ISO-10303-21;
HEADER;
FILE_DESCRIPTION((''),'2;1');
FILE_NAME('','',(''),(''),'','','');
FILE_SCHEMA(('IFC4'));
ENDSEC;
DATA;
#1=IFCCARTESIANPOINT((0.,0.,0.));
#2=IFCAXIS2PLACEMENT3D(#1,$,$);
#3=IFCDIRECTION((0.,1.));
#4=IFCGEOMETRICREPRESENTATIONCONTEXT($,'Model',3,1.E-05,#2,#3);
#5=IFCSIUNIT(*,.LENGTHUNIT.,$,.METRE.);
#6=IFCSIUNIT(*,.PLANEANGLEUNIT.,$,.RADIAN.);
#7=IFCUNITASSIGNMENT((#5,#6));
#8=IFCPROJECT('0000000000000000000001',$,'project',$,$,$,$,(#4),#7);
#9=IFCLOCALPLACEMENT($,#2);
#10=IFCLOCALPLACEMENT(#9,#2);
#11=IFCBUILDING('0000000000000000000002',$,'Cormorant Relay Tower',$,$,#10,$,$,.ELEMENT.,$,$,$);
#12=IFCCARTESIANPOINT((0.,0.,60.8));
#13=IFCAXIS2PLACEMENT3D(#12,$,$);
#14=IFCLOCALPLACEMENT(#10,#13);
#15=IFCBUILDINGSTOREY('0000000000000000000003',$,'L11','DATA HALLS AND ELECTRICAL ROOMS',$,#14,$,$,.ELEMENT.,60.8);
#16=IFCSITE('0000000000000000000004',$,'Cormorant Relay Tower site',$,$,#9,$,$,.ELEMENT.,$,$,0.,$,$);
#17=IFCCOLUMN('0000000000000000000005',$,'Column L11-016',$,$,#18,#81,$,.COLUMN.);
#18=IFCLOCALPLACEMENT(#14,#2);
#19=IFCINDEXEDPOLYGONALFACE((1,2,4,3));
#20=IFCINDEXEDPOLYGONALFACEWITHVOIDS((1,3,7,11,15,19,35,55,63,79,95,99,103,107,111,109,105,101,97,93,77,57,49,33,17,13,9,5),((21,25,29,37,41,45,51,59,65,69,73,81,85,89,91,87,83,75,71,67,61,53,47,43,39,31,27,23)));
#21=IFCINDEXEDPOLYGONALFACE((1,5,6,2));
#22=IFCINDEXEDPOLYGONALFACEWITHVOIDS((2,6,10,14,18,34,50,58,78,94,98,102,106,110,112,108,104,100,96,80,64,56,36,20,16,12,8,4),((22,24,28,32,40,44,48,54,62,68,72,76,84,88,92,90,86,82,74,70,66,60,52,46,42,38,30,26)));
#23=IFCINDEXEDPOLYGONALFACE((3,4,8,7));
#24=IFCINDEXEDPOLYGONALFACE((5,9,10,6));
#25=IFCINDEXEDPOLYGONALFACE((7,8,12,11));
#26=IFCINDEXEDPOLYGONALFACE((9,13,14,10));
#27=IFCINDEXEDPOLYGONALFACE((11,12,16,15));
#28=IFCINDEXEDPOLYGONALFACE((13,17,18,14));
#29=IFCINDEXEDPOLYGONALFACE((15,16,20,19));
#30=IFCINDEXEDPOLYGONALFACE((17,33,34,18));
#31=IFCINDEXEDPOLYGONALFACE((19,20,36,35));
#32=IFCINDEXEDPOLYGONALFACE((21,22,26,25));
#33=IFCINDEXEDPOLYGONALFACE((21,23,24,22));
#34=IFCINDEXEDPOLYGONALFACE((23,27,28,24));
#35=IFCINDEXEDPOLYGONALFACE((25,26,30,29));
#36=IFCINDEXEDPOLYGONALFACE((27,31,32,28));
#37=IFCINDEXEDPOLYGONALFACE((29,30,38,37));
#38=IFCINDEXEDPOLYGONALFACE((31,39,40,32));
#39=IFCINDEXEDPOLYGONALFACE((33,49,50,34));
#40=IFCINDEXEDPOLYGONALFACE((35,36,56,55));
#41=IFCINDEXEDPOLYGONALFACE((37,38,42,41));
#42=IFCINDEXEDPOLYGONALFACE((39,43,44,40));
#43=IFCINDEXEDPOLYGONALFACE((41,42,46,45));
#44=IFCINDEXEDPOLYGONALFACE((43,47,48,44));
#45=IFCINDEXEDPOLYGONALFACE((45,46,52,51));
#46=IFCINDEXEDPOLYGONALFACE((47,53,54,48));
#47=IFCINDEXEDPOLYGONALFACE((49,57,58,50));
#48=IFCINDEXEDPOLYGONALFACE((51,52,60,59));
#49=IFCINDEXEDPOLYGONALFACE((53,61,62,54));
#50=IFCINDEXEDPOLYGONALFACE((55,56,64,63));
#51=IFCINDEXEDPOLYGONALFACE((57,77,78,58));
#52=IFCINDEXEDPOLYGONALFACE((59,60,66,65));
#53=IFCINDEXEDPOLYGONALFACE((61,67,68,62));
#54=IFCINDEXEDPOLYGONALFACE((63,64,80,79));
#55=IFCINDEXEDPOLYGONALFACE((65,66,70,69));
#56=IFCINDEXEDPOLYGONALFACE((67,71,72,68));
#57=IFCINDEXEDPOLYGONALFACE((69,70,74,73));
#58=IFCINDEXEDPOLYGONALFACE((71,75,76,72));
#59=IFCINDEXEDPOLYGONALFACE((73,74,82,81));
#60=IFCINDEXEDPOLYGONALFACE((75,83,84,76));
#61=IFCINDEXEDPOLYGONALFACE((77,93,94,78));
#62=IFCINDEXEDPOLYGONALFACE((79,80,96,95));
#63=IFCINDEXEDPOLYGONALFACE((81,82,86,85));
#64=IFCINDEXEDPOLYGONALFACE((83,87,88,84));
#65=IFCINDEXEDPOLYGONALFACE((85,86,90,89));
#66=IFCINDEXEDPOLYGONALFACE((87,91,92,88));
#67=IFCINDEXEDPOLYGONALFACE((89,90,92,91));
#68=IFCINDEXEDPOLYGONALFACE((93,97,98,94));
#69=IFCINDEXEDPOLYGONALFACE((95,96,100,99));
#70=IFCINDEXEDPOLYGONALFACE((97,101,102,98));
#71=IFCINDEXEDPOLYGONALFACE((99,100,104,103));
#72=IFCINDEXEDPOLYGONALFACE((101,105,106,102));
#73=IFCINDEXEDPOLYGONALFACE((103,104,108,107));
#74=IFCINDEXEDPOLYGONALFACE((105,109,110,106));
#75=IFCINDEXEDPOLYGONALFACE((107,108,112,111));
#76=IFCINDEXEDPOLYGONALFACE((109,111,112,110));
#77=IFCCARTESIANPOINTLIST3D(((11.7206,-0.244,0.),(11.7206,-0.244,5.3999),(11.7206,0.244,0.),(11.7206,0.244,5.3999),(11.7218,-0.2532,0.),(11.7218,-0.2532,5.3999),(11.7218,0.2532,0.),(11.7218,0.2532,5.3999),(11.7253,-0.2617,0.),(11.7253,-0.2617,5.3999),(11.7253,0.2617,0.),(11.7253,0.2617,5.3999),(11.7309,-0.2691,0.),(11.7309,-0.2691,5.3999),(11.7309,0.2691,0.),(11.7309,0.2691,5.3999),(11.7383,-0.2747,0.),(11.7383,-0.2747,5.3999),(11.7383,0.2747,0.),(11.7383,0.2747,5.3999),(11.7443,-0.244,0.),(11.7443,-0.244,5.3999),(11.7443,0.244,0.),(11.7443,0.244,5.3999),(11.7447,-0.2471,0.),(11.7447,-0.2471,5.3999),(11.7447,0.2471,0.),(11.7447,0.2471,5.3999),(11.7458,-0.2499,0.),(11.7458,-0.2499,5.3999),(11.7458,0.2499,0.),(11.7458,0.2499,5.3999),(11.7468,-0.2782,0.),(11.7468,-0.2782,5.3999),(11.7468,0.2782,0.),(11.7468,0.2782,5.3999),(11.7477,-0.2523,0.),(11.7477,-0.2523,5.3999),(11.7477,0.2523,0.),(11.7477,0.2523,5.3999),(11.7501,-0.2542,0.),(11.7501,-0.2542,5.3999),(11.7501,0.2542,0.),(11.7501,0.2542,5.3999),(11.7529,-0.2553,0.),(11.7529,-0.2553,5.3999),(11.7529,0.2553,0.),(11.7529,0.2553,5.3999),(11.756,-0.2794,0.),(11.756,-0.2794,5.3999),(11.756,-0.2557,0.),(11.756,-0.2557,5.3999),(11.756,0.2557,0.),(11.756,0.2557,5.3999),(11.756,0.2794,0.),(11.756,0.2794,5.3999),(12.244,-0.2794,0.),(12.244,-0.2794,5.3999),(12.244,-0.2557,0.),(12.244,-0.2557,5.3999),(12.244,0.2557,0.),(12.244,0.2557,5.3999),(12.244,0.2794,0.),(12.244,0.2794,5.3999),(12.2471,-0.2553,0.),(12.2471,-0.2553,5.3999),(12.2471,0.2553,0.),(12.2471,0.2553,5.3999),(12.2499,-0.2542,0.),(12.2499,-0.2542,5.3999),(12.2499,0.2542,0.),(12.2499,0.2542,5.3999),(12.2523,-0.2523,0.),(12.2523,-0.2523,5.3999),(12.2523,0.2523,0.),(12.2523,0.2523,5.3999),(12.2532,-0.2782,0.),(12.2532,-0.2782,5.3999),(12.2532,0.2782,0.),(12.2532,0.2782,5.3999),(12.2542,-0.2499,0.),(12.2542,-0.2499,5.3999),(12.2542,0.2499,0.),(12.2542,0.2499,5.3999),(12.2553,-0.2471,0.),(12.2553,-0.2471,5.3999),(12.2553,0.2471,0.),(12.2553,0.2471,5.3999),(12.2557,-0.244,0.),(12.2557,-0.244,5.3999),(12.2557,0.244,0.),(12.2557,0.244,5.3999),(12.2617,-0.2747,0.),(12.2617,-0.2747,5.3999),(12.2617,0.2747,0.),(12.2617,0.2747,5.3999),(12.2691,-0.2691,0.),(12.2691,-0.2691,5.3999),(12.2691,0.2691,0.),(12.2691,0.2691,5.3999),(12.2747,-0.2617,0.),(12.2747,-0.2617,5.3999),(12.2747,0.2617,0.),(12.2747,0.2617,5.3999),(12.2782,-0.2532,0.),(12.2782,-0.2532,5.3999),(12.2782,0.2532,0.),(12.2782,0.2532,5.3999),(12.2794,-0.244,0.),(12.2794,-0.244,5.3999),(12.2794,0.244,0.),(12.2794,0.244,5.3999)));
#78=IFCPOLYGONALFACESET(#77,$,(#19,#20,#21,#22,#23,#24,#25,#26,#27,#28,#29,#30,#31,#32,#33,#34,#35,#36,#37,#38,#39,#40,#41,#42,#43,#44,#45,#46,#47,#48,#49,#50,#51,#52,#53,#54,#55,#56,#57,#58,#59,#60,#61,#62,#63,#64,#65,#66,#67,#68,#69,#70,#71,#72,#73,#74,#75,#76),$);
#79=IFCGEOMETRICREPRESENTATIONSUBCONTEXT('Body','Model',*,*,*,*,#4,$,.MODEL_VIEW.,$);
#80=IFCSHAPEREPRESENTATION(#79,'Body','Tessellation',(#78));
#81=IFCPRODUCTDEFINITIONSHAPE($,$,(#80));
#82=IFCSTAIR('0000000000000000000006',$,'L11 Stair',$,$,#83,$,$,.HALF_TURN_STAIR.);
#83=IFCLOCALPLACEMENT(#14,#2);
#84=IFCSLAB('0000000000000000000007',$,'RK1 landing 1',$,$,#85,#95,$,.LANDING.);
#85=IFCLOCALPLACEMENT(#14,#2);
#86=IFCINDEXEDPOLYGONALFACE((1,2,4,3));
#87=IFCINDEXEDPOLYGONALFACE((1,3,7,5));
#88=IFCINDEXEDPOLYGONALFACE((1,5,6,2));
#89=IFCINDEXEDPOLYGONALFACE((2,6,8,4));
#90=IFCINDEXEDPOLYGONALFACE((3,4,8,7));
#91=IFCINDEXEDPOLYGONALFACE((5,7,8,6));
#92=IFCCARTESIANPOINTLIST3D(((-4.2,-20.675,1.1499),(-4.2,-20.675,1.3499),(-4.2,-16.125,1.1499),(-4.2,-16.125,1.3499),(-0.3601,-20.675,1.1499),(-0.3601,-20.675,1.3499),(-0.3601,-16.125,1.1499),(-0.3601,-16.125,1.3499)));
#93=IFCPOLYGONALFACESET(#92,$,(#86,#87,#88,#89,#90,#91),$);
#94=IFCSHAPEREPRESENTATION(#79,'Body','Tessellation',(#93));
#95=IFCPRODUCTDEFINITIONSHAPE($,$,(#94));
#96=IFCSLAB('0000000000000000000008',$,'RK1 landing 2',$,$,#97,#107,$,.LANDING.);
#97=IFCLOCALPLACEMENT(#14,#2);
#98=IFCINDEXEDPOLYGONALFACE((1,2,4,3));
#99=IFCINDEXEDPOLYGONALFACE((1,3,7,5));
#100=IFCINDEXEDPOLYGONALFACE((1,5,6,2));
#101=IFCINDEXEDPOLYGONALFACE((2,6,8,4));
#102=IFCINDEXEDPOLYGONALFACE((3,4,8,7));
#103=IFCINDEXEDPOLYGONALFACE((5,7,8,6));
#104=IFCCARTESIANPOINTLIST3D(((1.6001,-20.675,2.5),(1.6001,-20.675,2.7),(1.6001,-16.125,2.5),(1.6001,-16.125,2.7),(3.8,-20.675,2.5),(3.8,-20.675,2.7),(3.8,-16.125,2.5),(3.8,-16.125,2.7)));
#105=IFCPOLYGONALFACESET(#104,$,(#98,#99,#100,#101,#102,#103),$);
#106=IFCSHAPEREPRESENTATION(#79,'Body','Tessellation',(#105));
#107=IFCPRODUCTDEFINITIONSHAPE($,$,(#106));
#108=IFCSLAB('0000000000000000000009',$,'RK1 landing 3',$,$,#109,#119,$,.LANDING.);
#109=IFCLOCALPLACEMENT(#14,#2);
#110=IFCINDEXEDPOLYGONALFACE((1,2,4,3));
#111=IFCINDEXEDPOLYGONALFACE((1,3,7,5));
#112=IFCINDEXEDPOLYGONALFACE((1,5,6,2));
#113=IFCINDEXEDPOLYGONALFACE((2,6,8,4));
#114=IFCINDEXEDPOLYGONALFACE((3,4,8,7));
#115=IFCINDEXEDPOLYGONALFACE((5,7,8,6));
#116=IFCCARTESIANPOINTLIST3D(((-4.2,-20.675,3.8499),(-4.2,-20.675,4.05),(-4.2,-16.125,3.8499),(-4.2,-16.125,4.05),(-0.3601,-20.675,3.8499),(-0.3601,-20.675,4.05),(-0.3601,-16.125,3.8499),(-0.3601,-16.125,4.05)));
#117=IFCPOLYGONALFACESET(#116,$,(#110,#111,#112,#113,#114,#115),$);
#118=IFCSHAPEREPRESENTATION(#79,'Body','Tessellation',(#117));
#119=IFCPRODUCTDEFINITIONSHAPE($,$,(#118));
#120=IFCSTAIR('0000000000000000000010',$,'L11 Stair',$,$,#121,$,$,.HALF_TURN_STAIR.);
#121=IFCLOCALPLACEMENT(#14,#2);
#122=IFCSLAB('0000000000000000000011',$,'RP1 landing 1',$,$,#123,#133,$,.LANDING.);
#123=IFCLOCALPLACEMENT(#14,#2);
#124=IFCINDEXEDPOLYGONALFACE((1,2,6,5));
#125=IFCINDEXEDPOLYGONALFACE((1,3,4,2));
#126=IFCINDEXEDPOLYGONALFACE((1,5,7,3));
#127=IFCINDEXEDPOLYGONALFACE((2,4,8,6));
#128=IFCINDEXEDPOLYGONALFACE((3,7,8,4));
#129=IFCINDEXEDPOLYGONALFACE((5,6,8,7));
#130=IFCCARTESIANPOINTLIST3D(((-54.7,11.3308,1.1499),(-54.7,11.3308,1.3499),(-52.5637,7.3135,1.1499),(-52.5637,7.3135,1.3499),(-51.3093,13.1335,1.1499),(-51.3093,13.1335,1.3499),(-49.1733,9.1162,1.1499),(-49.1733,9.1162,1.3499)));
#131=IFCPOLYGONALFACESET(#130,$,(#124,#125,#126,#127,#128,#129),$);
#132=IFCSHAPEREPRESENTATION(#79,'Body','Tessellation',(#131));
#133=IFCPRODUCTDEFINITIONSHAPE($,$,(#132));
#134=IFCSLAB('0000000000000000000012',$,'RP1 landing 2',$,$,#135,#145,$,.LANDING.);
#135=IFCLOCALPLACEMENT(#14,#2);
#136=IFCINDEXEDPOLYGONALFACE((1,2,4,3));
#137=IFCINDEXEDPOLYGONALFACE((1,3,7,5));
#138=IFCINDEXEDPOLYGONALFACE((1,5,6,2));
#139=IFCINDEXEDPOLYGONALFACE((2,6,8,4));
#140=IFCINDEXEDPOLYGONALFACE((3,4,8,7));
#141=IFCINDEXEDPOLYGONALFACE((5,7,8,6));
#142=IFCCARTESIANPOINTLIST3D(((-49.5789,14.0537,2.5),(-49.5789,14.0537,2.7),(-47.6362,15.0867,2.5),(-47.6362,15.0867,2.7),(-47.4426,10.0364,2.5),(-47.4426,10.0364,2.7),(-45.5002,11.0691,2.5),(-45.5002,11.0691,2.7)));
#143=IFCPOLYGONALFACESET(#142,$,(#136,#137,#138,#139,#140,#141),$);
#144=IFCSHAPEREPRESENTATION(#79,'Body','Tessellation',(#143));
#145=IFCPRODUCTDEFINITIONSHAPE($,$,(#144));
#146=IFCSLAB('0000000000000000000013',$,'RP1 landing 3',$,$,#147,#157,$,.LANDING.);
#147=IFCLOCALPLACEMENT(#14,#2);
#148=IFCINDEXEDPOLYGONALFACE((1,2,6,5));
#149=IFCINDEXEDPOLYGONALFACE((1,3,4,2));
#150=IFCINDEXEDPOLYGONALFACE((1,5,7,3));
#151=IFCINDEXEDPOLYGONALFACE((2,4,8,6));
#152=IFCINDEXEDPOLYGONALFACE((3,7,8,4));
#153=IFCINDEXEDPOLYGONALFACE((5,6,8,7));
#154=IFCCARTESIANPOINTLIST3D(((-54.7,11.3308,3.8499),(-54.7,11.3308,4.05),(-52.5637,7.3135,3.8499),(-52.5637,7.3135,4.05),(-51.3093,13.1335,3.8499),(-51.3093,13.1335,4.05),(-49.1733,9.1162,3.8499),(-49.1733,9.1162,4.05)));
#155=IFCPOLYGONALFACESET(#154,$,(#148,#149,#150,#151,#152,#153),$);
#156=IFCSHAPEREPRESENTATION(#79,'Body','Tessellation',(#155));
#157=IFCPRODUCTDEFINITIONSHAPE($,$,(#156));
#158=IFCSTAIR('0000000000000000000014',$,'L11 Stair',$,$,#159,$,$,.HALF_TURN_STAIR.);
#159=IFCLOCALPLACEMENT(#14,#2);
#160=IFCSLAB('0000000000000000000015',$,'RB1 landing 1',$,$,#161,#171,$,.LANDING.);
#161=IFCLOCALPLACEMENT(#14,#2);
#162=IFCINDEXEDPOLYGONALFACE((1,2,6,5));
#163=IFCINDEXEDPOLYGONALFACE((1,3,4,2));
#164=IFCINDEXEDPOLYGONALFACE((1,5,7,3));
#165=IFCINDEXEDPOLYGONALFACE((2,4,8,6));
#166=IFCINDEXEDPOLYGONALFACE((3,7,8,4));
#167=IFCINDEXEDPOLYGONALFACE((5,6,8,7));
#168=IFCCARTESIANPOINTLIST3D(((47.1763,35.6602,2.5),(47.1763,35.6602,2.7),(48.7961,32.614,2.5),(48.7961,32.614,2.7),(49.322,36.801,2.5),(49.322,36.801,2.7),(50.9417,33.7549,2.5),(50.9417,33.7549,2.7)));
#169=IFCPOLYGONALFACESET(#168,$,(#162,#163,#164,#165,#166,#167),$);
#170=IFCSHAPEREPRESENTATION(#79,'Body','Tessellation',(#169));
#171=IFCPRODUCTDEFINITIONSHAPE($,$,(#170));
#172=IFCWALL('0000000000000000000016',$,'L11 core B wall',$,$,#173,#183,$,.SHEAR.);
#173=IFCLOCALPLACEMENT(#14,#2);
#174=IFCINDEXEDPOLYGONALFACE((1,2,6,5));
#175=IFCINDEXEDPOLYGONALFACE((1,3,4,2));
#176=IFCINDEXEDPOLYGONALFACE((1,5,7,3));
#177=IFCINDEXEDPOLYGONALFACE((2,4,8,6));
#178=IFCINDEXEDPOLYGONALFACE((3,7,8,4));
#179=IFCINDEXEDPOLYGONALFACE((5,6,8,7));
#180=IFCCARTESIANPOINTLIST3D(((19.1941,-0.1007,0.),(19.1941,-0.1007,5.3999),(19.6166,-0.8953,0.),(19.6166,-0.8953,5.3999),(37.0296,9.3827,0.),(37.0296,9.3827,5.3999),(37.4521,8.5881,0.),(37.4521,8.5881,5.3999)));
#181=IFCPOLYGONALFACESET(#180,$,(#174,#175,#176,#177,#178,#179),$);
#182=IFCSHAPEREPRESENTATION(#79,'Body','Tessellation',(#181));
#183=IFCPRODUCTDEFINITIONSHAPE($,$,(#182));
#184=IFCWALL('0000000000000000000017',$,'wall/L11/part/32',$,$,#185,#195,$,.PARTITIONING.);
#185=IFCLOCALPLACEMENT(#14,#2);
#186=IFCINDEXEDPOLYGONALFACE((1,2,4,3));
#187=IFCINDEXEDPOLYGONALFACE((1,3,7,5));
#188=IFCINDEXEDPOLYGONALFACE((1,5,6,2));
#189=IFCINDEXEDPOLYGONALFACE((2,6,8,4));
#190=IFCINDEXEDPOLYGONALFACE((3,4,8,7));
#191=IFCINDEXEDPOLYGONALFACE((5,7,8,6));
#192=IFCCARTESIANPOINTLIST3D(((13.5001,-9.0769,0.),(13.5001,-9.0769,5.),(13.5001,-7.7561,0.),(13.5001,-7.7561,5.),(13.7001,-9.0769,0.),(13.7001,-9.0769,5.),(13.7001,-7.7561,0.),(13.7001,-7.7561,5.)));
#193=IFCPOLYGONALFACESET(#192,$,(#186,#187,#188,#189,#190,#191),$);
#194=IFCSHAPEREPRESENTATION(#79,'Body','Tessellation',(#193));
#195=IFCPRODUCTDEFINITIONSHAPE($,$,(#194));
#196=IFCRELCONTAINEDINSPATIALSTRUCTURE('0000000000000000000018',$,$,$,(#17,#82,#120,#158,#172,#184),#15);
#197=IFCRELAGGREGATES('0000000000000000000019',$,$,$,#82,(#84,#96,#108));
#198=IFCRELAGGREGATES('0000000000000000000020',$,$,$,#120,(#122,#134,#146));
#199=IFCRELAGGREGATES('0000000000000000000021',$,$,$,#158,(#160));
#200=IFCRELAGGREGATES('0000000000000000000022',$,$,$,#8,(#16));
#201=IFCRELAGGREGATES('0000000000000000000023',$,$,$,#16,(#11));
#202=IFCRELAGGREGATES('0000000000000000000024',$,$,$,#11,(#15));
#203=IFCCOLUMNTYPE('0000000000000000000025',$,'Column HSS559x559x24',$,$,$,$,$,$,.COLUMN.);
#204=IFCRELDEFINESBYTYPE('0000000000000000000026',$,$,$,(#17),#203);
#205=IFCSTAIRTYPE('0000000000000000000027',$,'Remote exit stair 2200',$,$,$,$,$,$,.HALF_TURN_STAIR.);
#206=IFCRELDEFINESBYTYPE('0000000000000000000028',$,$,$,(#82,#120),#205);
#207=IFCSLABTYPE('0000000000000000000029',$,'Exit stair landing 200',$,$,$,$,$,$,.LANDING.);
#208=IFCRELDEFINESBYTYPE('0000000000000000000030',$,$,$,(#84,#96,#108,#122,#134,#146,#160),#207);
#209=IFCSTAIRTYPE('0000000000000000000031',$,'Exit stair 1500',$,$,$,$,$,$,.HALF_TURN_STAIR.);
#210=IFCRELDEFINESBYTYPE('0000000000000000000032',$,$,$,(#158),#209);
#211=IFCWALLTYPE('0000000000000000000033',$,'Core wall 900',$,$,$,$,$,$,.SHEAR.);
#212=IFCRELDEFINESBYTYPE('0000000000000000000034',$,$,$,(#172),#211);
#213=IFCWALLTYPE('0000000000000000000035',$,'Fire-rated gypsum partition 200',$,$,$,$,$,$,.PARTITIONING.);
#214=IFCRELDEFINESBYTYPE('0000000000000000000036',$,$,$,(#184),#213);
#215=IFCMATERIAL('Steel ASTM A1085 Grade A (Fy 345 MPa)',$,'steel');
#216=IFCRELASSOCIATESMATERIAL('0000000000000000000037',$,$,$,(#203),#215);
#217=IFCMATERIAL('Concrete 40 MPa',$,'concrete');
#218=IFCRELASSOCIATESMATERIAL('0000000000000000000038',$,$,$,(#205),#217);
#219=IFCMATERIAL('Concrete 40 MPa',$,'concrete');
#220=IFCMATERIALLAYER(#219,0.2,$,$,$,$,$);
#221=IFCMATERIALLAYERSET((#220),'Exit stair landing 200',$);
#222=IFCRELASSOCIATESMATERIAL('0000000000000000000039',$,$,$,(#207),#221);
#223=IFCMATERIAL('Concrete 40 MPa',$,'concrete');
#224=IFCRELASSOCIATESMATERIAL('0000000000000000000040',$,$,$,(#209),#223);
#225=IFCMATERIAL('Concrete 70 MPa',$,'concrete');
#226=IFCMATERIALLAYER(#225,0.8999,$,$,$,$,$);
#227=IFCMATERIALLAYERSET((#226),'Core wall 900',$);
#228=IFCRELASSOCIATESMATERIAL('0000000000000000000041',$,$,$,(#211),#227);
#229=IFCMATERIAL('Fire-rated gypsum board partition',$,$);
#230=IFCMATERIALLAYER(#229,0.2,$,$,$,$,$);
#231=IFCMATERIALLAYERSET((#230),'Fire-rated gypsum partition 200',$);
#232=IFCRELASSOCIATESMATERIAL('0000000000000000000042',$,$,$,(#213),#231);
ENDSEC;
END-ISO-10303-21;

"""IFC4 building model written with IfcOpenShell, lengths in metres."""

from ifc_helpers import new_model, si_unit, direction, frame, frame_2d, origin, origin_2d, place, context, subcontext, project, spatial, polyline, rectangle, hollow_rectangle, outline, extrude, material, layer, layer_set, material_profile, profile_set, type_object, element, aggregate, save


model = new_model("IFC4")

# Units and contexts
model_context = context("Model", 3, precision=1e-05, world=origin(), true_north=direction((0.0, 1.0)))
body_context = subcontext(model_context, "Body", "Model", "MODEL_VIEW")
ifc_project = project(units=[si_unit("LENGTHUNIT", "METRE"), si_unit("PLANEANGLEUNIT", "RADIAN")], contexts=[model_context])

# Site, building, storey
site_placement = place(None, origin())
site = spatial("IfcSite", under=ifc_project, at=site_placement, Name="Cormorant Relay Tower site", CompositionType="ELEMENT", RefElevation=0.0)
building_placement = place(site_placement, origin())
building = spatial("IfcBuilding", under=site, at=building_placement, Name="Cormorant Relay Tower", CompositionType="ELEMENT")
storey_placement = place(building_placement, frame((0.0, 0.0, 60.8)))
storey = spatial("IfcBuildingStorey", under=building, at=storey_placement, Name="L11", Description="DATA HALLS AND ELECTRICAL ROOMS", CompositionType="ELEMENT", Elevation=60.8)

# Column
ifc_material_1 = material(Name="Steel ASTM A1085 Grade A (Fy 345 MPa)", Category="steel")
ifc_material_profile = material_profile(ifc_material_1, hollow_rectangle(XDim=0.5588, YDim=0.5588, WallThickness=0.0237, InnerFilletRadius=0.0117, OuterFilletRadius=0.0354, at=origin_2d()), Name="HSS559x559x24")
ifc_profile_set = profile_set([ifc_material_profile], Name="Steel ASTM A1085 Grade A (Fy 345 MPa)")
column_type = type_object("IfcColumnType", Name="Column HSS559x559x24", PredefinedType="COLUMN", material=ifc_profile_set)
column_placement = place(storey_placement, frame((12.0, 0.0, 0.0), z_axis=(0.0, 0.0, 1.0), x_axis=(1.0, 0.0, 0.0)))
element("IfcColumn", 1, at=column_placement, inside=storey, type_object=column_type, Name="Column L11-016", PredefinedType="COLUMN", context=body_context, shape_type="SweptSolid", body=[
    extrude(hollow_rectangle(XDim=0.5588, YDim=0.5588, WallThickness=0.0237, InnerFilletRadius=0.0117, OuterFilletRadius=0.0354, at=origin_2d()), origin(), (0.0, 0.0, 1.0), 5.3999),
])

# Stairs, slabs
ifc_material_2 = material(Name="Concrete 40 MPa", Category="concrete")
stair_type_1 = type_object("IfcStairType", Name="Remote exit stair 2200", PredefinedType="HALF_TURN_STAIR", material=ifc_material_2)
stair_1_placement = place(storey_placement, origin())
stair_1 = element("IfcStair", 2, at=stair_1_placement, inside=storey, type_object=stair_type_1, Name="L11 Stair", PredefinedType="HALF_TURN_STAIR")
ifc_material_3 = material(Name="Concrete 40 MPa", Category="concrete")
ifc_layer_1 = layer(ifc_material_3, 0.2)
ifc_layer_set_1 = layer_set([ifc_layer_1], Name="Exit stair landing 200")
slab_type = type_object("IfcSlabType", Name="Exit stair landing 200", PredefinedType="LANDING", material=ifc_layer_set_1)
slab_1_placement = place(storey_placement, frame((0.0, 0.0, 1.1499)))
slab_1 = element("IfcSlab", 3, at=slab_1_placement, type_object=slab_type, Name="RK1 landing 1", PredefinedType="LANDING", context=body_context, shape_type="SweptSolid", body=[
    extrude(outline(polyline([(-0.3601, -16.125), (-4.2, -16.125), (-4.2, -20.675), (-0.3601, -20.675), (-0.3601, -16.125)])), origin(), (0.0, 0.0, 1.0), 0.2),
])
slab_2_placement = place(storey_placement, frame((0.0, 0.0, 2.5)))
slab_2 = element("IfcSlab", 4, at=slab_2_placement, type_object=slab_type, Name="RK1 landing 2", PredefinedType="LANDING", context=body_context, shape_type="SweptSolid", body=[
    extrude(outline(polyline([(3.8, -16.125), (1.6001, -16.125), (1.6001, -20.675), (3.8, -20.675), (3.8, -16.125)])), origin(), (0.0, 0.0, 1.0), 0.2),
])
slab_3_placement = place(storey_placement, frame((0.0, 0.0, 3.8499)))
slab_3 = element("IfcSlab", 5, at=slab_3_placement, type_object=slab_type, Name="RK1 landing 3", PredefinedType="LANDING", context=body_context, shape_type="SweptSolid", body=[
    extrude(outline(polyline([(-0.3601, -16.125), (-4.2, -16.125), (-4.2, -20.675), (-0.3601, -20.675), (-0.3601, -16.125)])), origin(), (0.0, 0.0, 1.0), 0.2002),
])
aggregate(stair_1, [slab_1, slab_2, slab_3])
stair_2_placement = place(storey_placement, origin())
stair_2 = element("IfcStair", 6, at=stair_2_placement, inside=storey, type_object=stair_type_1, Name="L11 Stair", PredefinedType="HALF_TURN_STAIR")
slab_4_placement = place(storey_placement, frame((0.0, 0.0, 1.1499)))
slab_4 = element("IfcSlab", 7, at=slab_4_placement, type_object=slab_type, Name="RP1 landing 1", PredefinedType="LANDING", context=body_context, shape_type="SweptSolid", body=[
    extrude(outline(polyline([(-51.3093, 13.1335), (-54.7, 11.3308), (-52.5637, 7.3135), (-49.1733, 9.1162), (-51.3093, 13.1335)])), origin(), (0.0, 0.0, 1.0), 0.2),
])
slab_5_placement = place(storey_placement, frame((0.0, 0.0, 2.5)))
slab_5 = element("IfcSlab", 8, at=slab_5_placement, type_object=slab_type, Name="RP1 landing 2", PredefinedType="LANDING", context=body_context, shape_type="SweptSolid", body=[
    extrude(outline(polyline([(-47.6362, 15.0867), (-49.5789, 14.0537), (-47.4426, 10.0364), (-45.5002, 11.0691), (-47.6362, 15.0867)])), origin(), (0.0, 0.0, 1.0), 0.2),
])
slab_6_placement = place(storey_placement, frame((0.0, 0.0, 3.8499)))
slab_6 = element("IfcSlab", 9, at=slab_6_placement, type_object=slab_type, Name="RP1 landing 3", PredefinedType="LANDING", context=body_context, shape_type="SweptSolid", body=[
    extrude(outline(polyline([(-51.3093, 13.1335), (-54.7, 11.3308), (-52.5637, 7.3135), (-49.1733, 9.1162), (-51.3093, 13.1335)])), origin(), (0.0, 0.0, 1.0), 0.2002),
])
aggregate(stair_2, [slab_4, slab_5, slab_6])

# Stair, slab
ifc_material_4 = material(Name="Concrete 40 MPa", Category="concrete")
stair_type_2 = type_object("IfcStairType", Name="Exit stair 1500", PredefinedType="HALF_TURN_STAIR", material=ifc_material_4)
stair_3_placement = place(storey_placement, origin())
stair_3 = element("IfcStair", 10, at=stair_3_placement, inside=storey, type_object=stair_type_2, Name="L11 Stair", PredefinedType="HALF_TURN_STAIR")
slab_7_placement = place(storey_placement, frame((0.0, 0.0, 2.5)))
slab_7 = element("IfcSlab", 11, at=slab_7_placement, type_object=slab_type, Name="RB1 landing 1", PredefinedType="LANDING", context=body_context, shape_type="SweptSolid", body=[
    extrude(outline(polyline([(48.7961, 32.614), (50.9417, 33.7549), (49.322, 36.801), (47.1763, 35.6602), (48.7961, 32.614)])), origin(), (0.0, 0.0, 1.0), 0.2),
])
aggregate(stair_3, [slab_7])

# Shared definitions
ifc_material_5 = material(Name="Concrete 70 MPa", Category="concrete")
ifc_layer_2 = layer(ifc_material_5, 0.8999)
ifc_layer_set_2 = layer_set([ifc_layer_2], Name="Core wall 900")
wall_type_1 = type_object("IfcWallType", Name="Core wall 900", PredefinedType="SHEAR", material=ifc_layer_set_2)

# Walls
wall_1_placement = place(storey_placement, frame((19.4053, -0.498, 0.0), z_axis=(0.0, 0.0, 1.0), x_axis=(0.882945, 0.469476, 0.0)))
element("IfcWall", 12, at=wall_1_placement, inside=storey, type_object=wall_type_1, Name="L11 core B wall", PredefinedType="SHEAR", context=body_context, shape_type="SweptSolid", body=[
    extrude(rectangle(XDim=20.2, YDim=0.8999, at=frame_2d((10.1001, 0.0))), origin(), (0.0, 0.0, 1.0), 5.3999),
])
ifc_material_6 = material(Name="Fire-rated gypsum board partition")
ifc_layer_3 = layer(ifc_material_6, 0.2)
ifc_layer_set_3 = layer_set([ifc_layer_3], Name="Fire-rated gypsum partition 200")
wall_type_2 = type_object("IfcWallType", Name="Fire-rated gypsum partition 200", PredefinedType="PARTITIONING", material=ifc_layer_set_3)
wall_2_placement = place(storey_placement, frame((13.6001, -7.7561, 0.0), z_axis=(0.0, 0.0, 1.0), x_axis=(0.0, -1.0, 0.0)))
element("IfcWall", 13, at=wall_2_placement, inside=storey, type_object=wall_type_2, Name="wall/L11/part/32", PredefinedType="PARTITIONING", context=body_context, shape_type="SweptSolid", body=[
    extrude(rectangle(XDim=1.3208, YDim=0.2, at=frame_2d((0.6604, 0.0))), origin(), (0.0, 0.0, 1.0), 5.0),
])

save(model, "model.ifc")
